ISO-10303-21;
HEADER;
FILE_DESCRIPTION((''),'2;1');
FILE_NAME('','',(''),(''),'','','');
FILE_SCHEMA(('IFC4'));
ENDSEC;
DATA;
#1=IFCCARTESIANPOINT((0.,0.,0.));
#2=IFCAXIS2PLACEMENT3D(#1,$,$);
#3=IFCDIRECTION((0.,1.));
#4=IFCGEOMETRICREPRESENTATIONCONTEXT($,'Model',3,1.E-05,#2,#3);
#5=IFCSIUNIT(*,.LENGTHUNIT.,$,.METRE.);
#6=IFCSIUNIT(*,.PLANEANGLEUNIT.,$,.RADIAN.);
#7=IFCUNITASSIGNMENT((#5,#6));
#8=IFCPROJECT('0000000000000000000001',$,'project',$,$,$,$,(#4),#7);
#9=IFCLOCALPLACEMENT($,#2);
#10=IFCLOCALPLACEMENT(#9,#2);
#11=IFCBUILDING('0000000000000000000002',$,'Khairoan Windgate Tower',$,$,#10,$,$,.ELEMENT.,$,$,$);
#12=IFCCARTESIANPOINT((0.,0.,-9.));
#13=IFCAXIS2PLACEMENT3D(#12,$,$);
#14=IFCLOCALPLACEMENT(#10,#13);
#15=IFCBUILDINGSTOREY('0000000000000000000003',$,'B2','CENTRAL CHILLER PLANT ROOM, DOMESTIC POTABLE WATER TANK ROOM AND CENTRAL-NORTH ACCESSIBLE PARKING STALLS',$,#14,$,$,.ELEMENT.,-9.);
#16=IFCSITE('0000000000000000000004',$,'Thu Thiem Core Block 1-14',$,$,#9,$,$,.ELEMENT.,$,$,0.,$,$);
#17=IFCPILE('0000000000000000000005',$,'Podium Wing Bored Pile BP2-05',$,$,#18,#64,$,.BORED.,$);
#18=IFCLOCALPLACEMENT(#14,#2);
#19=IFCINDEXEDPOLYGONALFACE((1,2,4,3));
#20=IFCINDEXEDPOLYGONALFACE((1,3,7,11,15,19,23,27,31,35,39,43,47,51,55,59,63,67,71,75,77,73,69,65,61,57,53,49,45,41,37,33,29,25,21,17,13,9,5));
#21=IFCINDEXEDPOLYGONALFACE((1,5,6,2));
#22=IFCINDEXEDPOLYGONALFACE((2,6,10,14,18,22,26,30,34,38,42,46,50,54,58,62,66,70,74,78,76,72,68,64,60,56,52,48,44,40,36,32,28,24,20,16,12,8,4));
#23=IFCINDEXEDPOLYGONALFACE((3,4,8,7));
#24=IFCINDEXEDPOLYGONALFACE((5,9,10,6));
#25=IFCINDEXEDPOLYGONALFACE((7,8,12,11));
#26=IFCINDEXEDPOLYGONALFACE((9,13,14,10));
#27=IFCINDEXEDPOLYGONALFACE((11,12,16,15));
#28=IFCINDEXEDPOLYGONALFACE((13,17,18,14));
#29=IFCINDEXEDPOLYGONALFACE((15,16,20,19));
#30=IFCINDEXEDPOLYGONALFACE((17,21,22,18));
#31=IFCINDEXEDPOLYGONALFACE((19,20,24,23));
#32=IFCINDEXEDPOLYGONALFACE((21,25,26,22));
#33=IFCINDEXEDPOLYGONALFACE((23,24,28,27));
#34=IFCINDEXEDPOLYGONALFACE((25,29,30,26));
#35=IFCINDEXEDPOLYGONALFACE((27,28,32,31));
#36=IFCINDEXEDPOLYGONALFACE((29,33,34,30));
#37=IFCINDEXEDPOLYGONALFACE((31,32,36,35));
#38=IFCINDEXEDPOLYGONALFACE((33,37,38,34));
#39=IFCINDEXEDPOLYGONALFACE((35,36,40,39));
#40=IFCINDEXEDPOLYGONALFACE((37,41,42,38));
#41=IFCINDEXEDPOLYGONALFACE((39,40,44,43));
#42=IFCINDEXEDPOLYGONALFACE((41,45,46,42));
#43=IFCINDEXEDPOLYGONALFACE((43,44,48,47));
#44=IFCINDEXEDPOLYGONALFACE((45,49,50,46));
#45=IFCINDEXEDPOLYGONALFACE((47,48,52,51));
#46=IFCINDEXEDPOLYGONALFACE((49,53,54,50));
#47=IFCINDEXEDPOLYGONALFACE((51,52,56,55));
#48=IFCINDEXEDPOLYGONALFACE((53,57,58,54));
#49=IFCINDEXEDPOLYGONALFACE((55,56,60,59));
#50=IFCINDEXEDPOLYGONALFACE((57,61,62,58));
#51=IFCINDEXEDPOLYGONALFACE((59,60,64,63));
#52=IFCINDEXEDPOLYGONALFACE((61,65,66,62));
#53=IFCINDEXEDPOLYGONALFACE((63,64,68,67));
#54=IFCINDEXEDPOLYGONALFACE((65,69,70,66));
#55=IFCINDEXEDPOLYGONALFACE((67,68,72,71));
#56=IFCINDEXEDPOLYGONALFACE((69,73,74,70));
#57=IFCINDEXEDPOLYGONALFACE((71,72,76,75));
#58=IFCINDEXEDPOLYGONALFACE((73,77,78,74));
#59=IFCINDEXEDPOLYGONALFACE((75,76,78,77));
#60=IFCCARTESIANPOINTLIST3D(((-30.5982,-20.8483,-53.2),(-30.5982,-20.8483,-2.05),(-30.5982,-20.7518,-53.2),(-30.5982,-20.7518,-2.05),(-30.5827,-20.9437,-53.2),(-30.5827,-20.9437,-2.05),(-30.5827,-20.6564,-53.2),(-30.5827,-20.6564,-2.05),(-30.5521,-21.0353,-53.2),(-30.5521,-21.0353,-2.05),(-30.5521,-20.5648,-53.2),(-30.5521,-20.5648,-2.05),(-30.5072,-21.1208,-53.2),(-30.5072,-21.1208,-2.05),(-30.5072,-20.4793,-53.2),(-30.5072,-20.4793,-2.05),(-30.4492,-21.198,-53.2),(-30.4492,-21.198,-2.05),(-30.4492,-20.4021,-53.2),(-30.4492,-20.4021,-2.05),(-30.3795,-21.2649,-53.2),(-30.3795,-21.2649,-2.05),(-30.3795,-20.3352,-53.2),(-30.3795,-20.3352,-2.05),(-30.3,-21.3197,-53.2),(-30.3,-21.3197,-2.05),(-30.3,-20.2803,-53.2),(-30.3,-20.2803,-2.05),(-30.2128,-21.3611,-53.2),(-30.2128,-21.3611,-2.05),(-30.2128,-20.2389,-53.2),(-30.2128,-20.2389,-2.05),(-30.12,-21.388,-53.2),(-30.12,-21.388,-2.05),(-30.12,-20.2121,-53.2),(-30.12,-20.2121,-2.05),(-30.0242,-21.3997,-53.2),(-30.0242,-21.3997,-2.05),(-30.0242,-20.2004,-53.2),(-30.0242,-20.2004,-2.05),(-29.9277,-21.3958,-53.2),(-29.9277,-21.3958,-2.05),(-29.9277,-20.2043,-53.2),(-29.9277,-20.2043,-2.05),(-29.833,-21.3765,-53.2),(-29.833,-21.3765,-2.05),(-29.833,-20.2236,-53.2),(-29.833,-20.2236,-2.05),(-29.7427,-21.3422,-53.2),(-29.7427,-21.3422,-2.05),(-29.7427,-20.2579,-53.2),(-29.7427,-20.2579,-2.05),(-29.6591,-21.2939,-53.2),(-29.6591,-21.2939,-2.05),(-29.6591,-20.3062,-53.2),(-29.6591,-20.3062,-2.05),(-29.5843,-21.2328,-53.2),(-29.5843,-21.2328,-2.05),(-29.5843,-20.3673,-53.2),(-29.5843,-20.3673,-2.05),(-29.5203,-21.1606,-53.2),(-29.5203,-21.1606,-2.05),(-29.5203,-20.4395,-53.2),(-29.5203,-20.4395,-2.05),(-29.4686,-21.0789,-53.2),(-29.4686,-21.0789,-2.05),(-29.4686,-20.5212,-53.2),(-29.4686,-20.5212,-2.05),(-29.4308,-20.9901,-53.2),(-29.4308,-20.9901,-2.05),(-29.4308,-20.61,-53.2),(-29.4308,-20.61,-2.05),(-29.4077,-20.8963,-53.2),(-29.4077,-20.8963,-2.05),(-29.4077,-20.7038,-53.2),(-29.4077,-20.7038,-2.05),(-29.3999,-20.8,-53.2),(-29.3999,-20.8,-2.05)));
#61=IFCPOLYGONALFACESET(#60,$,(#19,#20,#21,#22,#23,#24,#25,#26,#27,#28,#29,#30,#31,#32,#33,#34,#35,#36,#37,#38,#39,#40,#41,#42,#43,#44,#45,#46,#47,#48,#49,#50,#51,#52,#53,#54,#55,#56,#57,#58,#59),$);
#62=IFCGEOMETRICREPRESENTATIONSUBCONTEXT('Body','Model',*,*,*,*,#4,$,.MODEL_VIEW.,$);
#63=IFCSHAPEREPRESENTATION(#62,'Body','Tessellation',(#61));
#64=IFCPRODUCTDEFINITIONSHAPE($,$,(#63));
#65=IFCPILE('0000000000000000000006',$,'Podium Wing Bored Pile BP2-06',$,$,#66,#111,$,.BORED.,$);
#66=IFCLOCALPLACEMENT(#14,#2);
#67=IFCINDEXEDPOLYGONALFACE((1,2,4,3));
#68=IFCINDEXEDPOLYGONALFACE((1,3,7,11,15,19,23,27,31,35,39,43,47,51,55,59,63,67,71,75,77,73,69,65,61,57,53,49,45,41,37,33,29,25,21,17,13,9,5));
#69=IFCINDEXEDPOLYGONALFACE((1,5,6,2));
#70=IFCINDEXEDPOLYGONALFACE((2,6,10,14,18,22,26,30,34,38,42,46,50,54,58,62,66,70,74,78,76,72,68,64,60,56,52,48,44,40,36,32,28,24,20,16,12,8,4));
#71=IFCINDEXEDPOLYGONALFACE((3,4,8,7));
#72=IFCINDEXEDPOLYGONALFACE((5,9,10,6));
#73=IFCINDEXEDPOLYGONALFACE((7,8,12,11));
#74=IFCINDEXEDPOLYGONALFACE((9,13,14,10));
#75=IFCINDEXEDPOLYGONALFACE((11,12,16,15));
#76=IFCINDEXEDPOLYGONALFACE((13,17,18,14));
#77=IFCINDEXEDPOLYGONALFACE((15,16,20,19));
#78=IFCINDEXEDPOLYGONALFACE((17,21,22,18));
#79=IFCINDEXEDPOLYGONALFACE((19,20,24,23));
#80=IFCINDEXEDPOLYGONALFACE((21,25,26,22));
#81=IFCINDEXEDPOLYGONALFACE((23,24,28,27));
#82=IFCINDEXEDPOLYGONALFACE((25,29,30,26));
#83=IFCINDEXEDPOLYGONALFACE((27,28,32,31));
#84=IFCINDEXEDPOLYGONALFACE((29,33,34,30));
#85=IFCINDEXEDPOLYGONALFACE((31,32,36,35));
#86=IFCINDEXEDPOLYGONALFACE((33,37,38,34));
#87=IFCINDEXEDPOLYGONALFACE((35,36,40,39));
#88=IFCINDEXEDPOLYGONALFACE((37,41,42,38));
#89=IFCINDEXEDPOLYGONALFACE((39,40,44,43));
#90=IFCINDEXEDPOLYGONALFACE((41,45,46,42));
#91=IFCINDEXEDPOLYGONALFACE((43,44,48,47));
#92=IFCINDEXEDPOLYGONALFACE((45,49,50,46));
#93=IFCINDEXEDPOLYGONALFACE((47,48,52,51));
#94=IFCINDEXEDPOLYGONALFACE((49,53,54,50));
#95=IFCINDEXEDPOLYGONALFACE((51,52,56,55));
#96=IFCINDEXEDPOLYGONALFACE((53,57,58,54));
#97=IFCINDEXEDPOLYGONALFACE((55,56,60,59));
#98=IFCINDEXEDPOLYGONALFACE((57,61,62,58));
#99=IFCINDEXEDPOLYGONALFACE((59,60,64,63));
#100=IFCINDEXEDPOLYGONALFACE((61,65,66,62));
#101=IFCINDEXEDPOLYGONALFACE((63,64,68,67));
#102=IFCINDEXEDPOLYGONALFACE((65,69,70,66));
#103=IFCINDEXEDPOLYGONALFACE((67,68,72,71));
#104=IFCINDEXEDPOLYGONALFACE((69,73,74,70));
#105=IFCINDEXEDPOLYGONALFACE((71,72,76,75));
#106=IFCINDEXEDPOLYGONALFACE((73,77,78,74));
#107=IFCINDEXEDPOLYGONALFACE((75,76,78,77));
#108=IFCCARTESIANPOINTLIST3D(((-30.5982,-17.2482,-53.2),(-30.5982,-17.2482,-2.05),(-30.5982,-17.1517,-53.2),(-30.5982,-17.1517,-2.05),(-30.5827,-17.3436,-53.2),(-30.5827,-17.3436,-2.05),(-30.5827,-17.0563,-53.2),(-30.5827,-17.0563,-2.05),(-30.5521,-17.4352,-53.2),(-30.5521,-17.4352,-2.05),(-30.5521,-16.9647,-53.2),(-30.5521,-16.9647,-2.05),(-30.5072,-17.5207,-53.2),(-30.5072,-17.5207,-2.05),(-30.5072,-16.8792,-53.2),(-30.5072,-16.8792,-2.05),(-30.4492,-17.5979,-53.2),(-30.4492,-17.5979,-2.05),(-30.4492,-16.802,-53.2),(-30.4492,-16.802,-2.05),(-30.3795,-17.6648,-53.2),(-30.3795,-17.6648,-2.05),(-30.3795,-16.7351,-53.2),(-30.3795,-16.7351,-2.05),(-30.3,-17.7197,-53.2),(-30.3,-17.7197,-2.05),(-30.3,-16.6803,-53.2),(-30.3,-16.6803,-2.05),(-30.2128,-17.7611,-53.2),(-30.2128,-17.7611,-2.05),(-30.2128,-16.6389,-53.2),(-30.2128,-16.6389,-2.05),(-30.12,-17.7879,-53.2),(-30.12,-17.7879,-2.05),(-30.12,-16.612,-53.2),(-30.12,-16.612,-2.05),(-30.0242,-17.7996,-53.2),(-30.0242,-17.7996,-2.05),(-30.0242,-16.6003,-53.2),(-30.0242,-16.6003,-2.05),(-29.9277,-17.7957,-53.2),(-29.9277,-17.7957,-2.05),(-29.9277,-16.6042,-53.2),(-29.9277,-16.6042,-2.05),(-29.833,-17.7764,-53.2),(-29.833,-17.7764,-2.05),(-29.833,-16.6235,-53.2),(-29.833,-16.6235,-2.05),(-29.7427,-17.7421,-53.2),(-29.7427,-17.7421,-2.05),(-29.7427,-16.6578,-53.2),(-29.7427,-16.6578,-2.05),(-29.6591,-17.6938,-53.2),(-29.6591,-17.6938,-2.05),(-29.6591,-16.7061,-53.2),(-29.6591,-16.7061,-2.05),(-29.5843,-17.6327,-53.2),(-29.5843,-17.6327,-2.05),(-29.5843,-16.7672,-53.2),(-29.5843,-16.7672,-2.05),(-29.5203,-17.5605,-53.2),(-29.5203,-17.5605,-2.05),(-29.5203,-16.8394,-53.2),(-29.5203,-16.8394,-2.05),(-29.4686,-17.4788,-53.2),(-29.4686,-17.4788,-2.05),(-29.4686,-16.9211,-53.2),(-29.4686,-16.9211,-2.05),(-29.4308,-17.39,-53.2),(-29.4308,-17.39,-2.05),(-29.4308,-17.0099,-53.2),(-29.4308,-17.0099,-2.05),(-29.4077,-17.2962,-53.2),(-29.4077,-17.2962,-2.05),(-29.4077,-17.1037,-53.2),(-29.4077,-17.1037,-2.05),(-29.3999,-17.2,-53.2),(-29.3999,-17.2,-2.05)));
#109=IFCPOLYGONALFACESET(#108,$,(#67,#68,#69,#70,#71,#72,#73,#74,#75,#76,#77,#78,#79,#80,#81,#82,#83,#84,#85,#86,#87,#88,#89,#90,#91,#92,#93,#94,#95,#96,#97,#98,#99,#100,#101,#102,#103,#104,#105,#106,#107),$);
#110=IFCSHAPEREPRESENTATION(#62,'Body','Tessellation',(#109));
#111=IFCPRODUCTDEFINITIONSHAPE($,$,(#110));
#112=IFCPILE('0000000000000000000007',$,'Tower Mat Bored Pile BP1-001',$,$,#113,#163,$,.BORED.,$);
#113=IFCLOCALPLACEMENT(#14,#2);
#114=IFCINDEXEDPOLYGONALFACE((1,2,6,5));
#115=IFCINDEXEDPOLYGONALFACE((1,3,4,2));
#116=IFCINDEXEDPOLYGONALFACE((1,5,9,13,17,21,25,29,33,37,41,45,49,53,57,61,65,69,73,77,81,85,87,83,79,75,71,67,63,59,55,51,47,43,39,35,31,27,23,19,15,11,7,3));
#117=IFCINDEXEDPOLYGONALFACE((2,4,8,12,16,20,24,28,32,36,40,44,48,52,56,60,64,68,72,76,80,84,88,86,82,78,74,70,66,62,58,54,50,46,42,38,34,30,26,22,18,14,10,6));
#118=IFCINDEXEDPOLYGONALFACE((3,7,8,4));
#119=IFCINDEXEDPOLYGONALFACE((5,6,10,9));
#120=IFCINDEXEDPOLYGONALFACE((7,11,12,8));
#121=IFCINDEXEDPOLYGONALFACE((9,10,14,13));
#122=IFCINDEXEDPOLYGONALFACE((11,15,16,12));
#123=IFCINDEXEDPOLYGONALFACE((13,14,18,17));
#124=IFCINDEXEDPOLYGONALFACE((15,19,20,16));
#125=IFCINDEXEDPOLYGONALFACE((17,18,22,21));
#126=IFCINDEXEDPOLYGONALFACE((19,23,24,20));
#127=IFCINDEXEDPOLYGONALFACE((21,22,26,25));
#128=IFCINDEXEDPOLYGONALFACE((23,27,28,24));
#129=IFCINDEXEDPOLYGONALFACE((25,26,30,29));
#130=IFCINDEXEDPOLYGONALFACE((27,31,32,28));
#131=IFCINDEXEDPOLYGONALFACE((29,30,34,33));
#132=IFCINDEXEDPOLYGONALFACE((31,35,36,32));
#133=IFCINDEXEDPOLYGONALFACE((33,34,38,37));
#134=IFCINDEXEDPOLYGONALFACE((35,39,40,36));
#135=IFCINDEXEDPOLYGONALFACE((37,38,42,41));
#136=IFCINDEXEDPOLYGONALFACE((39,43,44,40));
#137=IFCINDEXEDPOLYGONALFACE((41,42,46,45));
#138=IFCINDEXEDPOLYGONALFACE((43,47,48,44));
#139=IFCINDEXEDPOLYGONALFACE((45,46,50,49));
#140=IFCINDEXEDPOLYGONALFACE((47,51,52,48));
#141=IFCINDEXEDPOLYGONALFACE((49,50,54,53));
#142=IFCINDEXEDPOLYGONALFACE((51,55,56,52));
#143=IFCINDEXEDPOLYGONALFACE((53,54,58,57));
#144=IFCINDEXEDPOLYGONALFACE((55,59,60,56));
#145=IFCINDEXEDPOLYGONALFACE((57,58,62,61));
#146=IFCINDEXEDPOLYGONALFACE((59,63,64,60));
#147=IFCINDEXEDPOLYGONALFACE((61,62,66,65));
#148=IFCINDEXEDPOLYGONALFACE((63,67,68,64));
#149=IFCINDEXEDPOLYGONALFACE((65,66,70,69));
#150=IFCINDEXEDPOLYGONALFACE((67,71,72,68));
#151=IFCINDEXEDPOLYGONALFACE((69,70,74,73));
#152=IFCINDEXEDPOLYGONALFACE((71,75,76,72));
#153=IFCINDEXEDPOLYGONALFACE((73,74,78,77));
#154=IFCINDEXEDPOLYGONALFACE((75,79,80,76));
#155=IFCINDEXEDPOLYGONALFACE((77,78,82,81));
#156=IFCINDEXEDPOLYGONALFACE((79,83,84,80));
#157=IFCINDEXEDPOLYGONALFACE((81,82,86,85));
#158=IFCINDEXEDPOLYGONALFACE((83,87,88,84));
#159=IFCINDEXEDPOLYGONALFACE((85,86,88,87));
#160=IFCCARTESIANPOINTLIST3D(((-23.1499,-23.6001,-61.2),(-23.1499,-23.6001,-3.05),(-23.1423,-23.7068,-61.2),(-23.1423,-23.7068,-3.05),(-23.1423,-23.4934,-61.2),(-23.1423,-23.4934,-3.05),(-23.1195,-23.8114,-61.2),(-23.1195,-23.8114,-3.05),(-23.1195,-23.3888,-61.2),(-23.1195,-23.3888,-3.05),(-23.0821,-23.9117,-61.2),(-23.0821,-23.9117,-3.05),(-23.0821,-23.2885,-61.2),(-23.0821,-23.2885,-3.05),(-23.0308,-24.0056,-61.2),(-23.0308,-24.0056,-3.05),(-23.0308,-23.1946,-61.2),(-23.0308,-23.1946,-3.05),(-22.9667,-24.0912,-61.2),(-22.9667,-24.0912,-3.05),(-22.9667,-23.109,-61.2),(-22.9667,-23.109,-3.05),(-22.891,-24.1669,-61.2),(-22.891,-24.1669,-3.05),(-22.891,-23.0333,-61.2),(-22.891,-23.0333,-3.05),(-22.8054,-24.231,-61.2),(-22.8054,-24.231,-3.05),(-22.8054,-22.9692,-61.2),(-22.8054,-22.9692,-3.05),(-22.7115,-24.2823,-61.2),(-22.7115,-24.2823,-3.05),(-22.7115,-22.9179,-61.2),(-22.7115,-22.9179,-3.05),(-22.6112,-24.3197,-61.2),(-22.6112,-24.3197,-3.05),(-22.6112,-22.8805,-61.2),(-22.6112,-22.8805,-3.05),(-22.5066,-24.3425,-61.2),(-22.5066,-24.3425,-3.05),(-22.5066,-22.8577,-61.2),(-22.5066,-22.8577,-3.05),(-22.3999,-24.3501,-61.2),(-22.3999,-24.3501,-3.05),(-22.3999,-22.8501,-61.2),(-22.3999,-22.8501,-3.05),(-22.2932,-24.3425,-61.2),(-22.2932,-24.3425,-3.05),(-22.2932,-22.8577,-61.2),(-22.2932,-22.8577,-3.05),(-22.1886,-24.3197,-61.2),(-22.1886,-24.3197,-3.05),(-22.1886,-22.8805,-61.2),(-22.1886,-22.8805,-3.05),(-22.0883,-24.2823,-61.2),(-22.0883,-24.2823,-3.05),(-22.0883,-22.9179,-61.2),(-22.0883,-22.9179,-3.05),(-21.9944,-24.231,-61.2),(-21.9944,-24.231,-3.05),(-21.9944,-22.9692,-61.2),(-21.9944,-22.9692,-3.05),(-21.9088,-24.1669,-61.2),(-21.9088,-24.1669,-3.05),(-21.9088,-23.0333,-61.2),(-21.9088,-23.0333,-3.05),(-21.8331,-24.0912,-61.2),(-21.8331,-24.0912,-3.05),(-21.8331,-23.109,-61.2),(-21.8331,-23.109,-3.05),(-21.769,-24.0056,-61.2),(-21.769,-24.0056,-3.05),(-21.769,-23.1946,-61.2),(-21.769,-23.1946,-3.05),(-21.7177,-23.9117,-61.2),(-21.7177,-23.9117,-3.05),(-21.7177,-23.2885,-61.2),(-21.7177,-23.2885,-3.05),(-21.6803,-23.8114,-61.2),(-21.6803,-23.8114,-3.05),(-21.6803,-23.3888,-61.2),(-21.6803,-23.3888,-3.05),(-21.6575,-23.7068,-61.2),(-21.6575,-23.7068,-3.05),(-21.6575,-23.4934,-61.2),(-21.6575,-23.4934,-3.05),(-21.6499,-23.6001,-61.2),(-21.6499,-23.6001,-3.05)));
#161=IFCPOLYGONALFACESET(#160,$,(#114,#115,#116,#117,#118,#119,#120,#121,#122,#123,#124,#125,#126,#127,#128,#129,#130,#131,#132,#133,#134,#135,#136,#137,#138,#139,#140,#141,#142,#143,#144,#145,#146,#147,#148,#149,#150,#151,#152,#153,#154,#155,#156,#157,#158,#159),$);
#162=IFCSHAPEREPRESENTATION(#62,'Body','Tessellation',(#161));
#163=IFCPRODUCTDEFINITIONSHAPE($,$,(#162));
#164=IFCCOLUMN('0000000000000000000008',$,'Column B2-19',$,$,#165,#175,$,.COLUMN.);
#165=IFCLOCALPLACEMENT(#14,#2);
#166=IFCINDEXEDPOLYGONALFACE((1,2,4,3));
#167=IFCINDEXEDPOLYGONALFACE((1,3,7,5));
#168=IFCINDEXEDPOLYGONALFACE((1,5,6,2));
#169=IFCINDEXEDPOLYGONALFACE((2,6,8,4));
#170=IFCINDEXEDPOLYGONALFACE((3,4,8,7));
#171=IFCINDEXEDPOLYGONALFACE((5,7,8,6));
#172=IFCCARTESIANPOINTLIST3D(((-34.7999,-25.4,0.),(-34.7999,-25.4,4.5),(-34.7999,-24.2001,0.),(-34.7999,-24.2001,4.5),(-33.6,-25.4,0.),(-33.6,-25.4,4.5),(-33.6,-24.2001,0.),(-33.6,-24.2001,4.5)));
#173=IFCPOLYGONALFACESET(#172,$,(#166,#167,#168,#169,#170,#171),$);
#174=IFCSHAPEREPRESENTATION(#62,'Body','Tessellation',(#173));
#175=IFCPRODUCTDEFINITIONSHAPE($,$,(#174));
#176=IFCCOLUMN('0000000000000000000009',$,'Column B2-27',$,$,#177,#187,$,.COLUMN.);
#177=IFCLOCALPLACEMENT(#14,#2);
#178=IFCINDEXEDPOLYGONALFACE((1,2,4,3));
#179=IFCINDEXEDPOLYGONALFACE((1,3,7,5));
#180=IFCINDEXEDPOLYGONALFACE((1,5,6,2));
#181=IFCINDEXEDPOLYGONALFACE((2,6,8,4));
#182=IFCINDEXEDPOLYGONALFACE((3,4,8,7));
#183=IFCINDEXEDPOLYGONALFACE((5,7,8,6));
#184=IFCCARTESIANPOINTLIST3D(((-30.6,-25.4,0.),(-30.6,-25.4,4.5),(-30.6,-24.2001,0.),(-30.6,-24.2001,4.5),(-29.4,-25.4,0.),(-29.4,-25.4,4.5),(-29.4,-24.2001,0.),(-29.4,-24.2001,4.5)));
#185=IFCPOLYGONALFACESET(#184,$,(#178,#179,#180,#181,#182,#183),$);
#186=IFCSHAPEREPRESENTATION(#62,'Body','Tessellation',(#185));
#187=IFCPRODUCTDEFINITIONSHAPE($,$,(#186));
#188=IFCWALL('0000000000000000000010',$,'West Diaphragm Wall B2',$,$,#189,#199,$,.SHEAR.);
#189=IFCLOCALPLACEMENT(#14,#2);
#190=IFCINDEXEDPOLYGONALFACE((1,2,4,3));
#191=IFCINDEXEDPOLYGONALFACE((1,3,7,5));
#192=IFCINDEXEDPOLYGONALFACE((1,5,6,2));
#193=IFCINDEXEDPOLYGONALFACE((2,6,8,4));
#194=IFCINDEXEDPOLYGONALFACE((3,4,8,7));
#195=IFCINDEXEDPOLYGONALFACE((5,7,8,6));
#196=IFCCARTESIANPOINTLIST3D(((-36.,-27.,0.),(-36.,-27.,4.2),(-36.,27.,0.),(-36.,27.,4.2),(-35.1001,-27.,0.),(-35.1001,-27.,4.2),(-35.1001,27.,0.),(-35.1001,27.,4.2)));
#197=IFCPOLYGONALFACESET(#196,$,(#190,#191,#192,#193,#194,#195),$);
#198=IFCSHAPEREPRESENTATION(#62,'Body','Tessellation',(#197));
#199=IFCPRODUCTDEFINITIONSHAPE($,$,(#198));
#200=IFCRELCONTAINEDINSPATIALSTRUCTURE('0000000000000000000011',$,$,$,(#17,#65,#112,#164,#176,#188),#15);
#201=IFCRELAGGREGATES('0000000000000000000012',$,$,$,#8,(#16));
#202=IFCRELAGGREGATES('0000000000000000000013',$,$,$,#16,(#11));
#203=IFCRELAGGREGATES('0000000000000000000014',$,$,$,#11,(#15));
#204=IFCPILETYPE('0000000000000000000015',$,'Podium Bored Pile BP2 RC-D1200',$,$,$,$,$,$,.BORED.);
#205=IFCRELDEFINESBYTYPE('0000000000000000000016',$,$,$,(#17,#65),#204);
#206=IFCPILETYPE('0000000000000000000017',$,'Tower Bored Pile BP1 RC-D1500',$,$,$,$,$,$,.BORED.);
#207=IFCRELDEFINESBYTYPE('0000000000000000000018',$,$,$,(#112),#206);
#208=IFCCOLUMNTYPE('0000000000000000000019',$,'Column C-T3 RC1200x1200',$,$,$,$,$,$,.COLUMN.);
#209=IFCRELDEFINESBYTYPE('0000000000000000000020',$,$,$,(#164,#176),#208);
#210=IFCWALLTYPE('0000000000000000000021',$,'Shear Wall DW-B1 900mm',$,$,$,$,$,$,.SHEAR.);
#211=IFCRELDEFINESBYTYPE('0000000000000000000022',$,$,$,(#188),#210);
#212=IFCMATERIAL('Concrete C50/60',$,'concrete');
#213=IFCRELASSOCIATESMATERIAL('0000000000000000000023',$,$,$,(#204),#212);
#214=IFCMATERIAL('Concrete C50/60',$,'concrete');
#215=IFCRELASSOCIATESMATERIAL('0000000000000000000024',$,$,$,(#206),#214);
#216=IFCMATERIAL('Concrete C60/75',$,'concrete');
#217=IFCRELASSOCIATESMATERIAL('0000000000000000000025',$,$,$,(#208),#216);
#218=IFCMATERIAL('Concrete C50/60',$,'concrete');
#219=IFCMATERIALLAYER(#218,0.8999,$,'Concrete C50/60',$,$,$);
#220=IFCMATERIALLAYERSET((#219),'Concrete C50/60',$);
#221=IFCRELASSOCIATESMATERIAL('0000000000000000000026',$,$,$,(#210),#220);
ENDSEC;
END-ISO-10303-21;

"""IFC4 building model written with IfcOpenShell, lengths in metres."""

from ifc_helpers import new_model, si_unit, direction, frame, frame_2d, origin, origin_2d, place, context, subcontext, project, spatial, rectangle, circle, extrude, material, layer, layer_set, material_profile, profile_set, type_object, element, save


model = new_model("IFC4")

# Units and contexts
model_context = context("Model", 3, precision=1e-05, world=origin(), true_north=direction((0.0, 1.0)))
body_context = subcontext(model_context, "Body", "Model", "MODEL_VIEW")
ifc_project = project(units=[si_unit("LENGTHUNIT", "METRE"), si_unit("PLANEANGLEUNIT", "RADIAN")], contexts=[model_context])

# Site, building, storey
site_placement = place(None, origin())
site = spatial("IfcSite", under=ifc_project, at=site_placement, Name="Thu Thiem Core Block 1-14", CompositionType="ELEMENT", RefElevation=0.0)
building_placement = place(site_placement, origin())
building = spatial("IfcBuilding", under=site, at=building_placement, Name="Khairoan Windgate Tower", CompositionType="ELEMENT")
storey_placement = place(building_placement, frame((0.0, 0.0, -9.0)))
storey = spatial("IfcBuildingStorey", under=building, at=storey_placement, Name="B2", Description="CENTRAL CHILLER PLANT ROOM, DOMESTIC POTABLE WATER TANK ROOM AND CENTRAL-NORTH ACCESSIBLE PARKING STALLS", CompositionType="ELEMENT", Elevation=-9.0)

# Piles
ifc_material_1 = material(Name="Concrete C50/60", Category="concrete")
ifc_material_profile_1 = material_profile(ifc_material_1, circle(Radius=0.6001, at=origin_2d()))
ifc_profile_set_1 = profile_set([ifc_material_profile_1], Name="Concrete C50/60")
pile_type_1 = type_object("IfcPileType", Name="Podium Bored Pile BP2 RC-D1200", PredefinedType="BORED", material=ifc_profile_set_1)
for number, where, z_axis, x_axis, name in (
    (1, (-30.0, -20.8, -2.05), (0.0, 0.0, -1.0), (1.0, 0.0, 0.0), "Podium Wing Bored Pile BP2-05"),
    (2, (-30.0, -17.2, -2.05), (0.0, 0.0, -1.0), (1.0, 0.0, 0.0), "Podium Wing Bored Pile BP2-06"),
):
    element("IfcPile", number, at=place(storey_placement, frame(where, z_axis=z_axis, x_axis=x_axis)), inside=storey, type_object=pile_type_1, Name=name, PredefinedType="BORED", context=body_context, shape_type="SweptSolid", body=[
        extrude(circle(Radius=0.6001, at=origin_2d()), origin(), (0.0, 0.0, 1.0), 51.1499),
    ])
ifc_material_2 = material(Name="Concrete C50/60", Category="concrete")
ifc_material_profile_2 = material_profile(ifc_material_2, circle(Radius=0.75, at=origin_2d()))
ifc_profile_set_2 = profile_set([ifc_material_profile_2], Name="Concrete C50/60")
pile_type_2 = type_object("IfcPileType", Name="Tower Bored Pile BP1 RC-D1500", PredefinedType="BORED", material=ifc_profile_set_2)
pile_placement = place(storey_placement, frame((-22.3999, -23.6001, -3.05), z_axis=(0.0, 0.0, -1.0), x_axis=(1.0, 0.0, 0.0)))
element("IfcPile", 3, at=pile_placement, inside=storey, type_object=pile_type_2, Name="Tower Mat Bored Pile BP1-001", PredefinedType="BORED", context=body_context, shape_type="SweptSolid", body=[
    extrude(circle(Radius=0.75, at=origin_2d()), origin(), (0.0, 0.0, 1.0), 58.1499),
])

# Columns
ifc_material_3 = material(Name="Concrete C60/75", Category="concrete")
ifc_material_profile_3 = material_profile(ifc_material_3, rectangle(XDim=1.2, YDim=1.2, at=origin_2d()))
ifc_profile_set_3 = profile_set([ifc_material_profile_3], Name="Concrete C60/75")
column_type = type_object("IfcColumnType", Name="Column C-T3 RC1200x1200", PredefinedType="COLUMN", material=ifc_profile_set_3)
for number, where, z_axis, x_axis, name in (
    (4, (-34.2, -24.8, 0.0), (0.0, 0.0, 1.0), (1.0, 0.0, 0.0), "Column B2-19"),
    (5, (-30.0, -24.8, 0.0), (0.0, 0.0, 1.0), (1.0, 0.0, 0.0), "Column B2-27"),
):
    element("IfcColumn", number, at=place(storey_placement, frame(where, z_axis=z_axis, x_axis=x_axis)), inside=storey, type_object=column_type, Name=name, PredefinedType="COLUMN", context=body_context, shape_type="SweptSolid", body=[
        extrude(rectangle(XDim=1.2, YDim=1.2, at=origin_2d()), origin(), (0.0, 0.0, 1.0), 4.5),
    ])

# Wall
ifc_material_4 = material(Name="Concrete C50/60", Category="concrete")
ifc_layer_1 = layer(ifc_material_4, 0.8999, Name="Concrete C50/60")
ifc_layer_set_1 = layer_set([ifc_layer_1], Name="Concrete C50/60")
wall_type_1 = type_object("IfcWallType", Name="Shear Wall DW-B1 900mm", PredefinedType="SHEAR", material=ifc_layer_set_1)
wall_1_placement = place(storey_placement, frame((-35.55, -27.0, 0.0), z_axis=(0.0, 0.0, 1.0), x_axis=(0.0, 1.0, 0.0)))
element("IfcWall", 6, at=wall_1_placement, inside=storey, type_object=wall_type_1, Name="West Diaphragm Wall B2", PredefinedType="SHEAR", context=body_context, shape_type="SweptSolid", body=[
    extrude(rectangle(XDim=54.0, YDim=0.8999, at=frame_2d((27.0, 0.0))), origin(), (0.0, 0.0, 1.0), 4.2),
])

save(model, "model.ifc")
